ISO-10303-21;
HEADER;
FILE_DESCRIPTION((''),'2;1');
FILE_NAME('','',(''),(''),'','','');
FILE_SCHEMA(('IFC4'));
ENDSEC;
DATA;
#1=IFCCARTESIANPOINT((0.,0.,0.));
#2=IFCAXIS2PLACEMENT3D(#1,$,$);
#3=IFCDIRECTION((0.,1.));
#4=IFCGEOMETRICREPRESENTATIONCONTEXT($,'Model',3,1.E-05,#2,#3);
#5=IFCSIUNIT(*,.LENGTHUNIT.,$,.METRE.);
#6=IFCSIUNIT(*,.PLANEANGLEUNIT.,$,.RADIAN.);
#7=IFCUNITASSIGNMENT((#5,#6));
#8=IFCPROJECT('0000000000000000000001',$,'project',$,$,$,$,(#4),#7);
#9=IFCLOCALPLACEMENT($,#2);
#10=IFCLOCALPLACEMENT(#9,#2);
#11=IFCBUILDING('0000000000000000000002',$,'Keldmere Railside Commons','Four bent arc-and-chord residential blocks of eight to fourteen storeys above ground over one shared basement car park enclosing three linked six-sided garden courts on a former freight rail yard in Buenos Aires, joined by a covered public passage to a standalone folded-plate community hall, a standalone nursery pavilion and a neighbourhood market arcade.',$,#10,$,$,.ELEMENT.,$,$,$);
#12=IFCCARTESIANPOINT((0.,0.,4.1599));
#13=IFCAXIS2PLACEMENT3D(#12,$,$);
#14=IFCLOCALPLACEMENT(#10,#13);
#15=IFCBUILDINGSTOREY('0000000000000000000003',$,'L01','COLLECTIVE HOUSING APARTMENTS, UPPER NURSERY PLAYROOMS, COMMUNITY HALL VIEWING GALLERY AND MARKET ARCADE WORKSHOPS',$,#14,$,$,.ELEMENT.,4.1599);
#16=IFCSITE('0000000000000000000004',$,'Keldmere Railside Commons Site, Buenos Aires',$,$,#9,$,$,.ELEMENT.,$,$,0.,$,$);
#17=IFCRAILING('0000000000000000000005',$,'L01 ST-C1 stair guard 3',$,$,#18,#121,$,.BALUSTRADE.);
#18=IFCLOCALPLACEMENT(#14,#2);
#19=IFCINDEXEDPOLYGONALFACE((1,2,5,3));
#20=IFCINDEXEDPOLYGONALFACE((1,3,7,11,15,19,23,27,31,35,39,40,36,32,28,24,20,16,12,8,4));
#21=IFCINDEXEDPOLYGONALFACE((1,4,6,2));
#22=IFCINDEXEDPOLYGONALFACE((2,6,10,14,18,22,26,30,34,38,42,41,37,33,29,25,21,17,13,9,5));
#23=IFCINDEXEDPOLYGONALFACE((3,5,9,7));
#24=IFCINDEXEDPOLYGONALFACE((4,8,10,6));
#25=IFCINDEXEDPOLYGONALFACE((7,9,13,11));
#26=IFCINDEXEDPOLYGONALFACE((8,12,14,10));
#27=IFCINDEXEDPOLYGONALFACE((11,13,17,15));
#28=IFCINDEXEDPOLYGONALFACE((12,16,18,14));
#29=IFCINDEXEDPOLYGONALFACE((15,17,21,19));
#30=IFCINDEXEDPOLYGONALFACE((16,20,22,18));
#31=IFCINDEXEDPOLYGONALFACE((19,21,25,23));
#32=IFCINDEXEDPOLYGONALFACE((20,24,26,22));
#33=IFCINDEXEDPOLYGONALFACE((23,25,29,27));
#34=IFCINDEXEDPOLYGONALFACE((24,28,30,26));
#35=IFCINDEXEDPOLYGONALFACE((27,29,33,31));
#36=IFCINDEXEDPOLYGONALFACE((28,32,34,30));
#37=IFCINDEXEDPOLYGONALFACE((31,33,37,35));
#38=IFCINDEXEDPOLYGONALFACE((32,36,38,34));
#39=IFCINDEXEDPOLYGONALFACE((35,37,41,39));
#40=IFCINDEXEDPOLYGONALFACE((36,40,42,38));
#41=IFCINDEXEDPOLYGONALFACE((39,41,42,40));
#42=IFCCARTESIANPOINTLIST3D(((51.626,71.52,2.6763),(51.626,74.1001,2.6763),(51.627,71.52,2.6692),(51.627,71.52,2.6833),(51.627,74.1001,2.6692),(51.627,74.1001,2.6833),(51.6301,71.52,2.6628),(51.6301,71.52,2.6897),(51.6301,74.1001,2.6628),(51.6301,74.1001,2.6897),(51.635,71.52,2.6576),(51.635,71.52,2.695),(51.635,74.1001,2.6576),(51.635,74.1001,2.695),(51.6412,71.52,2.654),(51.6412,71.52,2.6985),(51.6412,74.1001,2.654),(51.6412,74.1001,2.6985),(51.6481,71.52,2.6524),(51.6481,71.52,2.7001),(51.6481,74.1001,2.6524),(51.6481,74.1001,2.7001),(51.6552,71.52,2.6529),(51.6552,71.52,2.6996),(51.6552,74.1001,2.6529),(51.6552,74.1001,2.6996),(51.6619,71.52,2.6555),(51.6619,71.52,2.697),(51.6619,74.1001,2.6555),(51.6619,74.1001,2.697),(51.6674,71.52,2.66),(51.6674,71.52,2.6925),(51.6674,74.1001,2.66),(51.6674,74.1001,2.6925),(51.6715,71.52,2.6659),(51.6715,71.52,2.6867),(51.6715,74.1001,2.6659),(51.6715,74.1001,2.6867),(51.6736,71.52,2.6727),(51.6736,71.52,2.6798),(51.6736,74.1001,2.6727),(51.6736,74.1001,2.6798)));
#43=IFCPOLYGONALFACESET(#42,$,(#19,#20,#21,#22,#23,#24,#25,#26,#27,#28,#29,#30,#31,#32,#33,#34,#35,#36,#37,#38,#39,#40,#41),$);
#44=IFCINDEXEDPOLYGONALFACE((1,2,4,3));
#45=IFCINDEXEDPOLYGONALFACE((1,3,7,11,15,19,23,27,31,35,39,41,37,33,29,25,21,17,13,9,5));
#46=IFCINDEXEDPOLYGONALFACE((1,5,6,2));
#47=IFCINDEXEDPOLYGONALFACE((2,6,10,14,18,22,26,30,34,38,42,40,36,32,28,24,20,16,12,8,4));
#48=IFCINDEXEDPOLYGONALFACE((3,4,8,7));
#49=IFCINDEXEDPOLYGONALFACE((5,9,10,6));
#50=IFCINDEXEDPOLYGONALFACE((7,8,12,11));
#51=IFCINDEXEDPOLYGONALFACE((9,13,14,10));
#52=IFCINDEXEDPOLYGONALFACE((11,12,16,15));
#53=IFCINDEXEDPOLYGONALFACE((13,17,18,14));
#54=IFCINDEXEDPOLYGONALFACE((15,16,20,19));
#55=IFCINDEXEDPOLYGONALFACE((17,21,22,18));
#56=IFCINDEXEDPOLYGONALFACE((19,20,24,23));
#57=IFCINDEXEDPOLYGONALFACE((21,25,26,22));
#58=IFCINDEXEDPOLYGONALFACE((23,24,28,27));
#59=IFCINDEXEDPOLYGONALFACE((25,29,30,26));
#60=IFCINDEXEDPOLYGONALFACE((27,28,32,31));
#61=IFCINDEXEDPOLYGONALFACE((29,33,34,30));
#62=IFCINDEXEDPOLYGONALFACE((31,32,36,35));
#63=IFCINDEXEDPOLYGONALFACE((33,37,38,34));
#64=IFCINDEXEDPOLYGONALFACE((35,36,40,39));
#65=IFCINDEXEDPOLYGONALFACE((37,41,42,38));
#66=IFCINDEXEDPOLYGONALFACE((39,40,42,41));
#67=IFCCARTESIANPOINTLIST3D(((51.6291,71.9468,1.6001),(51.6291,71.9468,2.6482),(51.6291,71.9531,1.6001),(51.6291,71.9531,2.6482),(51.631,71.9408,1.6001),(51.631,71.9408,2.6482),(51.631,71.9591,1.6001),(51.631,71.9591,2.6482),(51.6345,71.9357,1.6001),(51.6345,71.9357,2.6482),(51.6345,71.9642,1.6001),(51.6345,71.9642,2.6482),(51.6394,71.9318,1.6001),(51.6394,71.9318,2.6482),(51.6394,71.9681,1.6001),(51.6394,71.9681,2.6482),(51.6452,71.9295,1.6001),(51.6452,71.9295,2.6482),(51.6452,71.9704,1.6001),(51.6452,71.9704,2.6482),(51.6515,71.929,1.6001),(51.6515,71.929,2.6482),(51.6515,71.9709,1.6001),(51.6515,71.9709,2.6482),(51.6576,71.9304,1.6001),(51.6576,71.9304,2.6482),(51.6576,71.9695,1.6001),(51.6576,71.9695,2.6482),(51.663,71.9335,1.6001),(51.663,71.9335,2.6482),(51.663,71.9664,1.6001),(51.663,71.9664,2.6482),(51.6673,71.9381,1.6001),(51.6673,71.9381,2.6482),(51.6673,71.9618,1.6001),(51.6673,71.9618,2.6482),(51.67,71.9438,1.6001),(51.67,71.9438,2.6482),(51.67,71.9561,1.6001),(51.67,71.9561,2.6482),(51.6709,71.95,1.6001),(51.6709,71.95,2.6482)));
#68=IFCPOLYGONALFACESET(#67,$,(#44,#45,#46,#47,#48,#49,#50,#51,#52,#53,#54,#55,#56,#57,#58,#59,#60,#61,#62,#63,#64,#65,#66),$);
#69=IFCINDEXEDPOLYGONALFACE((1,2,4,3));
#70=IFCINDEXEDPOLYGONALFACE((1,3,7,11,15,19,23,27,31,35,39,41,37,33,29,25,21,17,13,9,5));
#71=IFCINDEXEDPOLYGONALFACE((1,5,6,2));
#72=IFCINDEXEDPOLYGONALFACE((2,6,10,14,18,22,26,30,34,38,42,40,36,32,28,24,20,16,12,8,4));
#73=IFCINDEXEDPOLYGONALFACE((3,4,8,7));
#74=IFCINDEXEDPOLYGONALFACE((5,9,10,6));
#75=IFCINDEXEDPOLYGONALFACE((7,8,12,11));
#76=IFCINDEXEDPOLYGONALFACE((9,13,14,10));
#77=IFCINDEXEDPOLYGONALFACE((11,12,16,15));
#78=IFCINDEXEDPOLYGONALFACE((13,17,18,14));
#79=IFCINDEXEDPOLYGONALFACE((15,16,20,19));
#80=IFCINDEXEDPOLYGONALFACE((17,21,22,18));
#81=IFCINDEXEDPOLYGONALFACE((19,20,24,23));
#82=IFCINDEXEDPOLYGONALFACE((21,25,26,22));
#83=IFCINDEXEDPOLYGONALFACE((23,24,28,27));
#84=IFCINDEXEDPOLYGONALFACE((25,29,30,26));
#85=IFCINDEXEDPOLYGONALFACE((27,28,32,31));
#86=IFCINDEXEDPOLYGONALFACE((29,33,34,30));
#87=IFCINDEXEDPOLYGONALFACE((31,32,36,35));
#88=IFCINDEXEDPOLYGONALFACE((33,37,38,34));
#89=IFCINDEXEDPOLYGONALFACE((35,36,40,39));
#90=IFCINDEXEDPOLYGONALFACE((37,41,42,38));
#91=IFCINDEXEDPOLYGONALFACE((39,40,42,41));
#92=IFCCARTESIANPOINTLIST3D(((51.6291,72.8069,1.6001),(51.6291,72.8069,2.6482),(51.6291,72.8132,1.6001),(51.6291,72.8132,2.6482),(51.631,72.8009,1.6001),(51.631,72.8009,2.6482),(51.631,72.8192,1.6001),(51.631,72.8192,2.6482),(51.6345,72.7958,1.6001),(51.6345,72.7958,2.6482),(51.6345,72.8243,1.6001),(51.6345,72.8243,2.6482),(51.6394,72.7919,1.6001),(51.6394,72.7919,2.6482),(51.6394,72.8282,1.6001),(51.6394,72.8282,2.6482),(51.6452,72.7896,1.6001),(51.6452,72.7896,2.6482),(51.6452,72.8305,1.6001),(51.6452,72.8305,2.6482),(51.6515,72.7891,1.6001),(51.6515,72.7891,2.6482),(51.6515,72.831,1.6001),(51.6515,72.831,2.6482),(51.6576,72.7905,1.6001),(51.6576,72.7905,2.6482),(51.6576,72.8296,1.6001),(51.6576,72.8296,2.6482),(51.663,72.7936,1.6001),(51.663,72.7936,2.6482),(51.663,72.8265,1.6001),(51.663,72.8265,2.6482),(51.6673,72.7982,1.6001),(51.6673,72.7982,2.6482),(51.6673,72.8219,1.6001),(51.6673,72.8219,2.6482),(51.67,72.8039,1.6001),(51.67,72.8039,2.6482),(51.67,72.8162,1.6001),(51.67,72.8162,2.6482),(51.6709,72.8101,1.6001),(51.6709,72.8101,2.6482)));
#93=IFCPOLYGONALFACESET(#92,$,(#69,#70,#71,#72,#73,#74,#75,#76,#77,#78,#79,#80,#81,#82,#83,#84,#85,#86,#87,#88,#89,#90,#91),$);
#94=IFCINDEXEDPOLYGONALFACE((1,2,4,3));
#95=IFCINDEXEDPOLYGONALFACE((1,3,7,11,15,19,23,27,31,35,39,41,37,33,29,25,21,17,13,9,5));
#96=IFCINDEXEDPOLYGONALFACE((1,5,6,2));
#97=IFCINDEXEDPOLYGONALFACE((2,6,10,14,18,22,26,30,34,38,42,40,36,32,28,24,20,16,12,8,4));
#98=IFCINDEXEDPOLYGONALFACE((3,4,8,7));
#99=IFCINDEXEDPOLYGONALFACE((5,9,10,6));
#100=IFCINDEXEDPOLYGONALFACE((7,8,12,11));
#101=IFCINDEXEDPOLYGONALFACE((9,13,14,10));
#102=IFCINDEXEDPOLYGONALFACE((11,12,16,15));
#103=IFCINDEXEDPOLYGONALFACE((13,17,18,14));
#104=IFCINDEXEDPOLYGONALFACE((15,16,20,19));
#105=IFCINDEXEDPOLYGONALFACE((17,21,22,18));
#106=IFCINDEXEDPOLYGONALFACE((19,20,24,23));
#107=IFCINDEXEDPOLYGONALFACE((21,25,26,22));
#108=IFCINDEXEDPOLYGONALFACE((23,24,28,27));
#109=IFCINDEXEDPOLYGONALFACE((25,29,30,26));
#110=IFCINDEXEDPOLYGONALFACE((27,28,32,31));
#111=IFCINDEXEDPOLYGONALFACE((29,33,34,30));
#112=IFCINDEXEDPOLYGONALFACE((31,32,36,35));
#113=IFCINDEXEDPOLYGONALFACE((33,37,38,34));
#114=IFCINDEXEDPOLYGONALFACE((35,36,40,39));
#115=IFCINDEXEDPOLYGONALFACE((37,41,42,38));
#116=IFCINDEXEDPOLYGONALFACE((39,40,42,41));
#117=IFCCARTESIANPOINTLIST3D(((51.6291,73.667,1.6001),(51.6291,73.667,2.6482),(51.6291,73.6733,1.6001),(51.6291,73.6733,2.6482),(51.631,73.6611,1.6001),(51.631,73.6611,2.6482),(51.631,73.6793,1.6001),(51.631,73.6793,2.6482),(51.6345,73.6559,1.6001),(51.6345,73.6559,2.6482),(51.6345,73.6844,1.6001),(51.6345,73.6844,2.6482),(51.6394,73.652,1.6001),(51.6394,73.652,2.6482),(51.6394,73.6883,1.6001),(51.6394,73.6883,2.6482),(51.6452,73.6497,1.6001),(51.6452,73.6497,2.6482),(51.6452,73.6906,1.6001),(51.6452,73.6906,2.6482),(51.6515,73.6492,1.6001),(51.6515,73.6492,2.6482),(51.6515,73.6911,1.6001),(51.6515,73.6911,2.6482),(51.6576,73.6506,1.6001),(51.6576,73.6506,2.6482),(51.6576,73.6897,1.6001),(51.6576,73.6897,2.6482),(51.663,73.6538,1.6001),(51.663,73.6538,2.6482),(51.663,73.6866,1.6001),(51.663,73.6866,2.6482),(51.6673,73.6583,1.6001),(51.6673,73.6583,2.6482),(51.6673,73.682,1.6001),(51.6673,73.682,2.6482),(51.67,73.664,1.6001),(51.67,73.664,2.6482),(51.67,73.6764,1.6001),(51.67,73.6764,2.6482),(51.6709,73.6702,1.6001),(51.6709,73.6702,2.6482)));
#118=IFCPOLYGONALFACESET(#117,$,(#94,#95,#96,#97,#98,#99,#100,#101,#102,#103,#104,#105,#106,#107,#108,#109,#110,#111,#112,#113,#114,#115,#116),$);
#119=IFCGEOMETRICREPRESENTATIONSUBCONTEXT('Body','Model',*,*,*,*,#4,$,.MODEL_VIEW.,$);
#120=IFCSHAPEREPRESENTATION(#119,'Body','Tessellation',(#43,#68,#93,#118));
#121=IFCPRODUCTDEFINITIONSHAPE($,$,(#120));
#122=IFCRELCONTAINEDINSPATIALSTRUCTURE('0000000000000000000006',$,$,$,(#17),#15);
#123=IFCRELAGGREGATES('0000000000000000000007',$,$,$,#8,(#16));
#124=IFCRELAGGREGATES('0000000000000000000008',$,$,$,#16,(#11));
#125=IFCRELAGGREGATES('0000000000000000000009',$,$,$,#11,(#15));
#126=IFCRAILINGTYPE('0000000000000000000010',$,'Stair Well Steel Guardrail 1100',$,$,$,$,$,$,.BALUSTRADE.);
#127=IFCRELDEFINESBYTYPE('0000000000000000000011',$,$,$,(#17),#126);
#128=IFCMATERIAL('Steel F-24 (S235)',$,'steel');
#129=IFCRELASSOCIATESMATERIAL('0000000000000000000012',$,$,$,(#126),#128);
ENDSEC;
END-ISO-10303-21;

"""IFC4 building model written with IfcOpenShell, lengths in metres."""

from ifc_helpers import new_model, si_unit, direction, frame, origin, origin_2d, place, context, subcontext, project, spatial, circle, extrude, material, type_object, element, save


model = new_model("IFC4")

# Units and contexts
model_context = context("Model", 3, precision=1e-05, world=origin(), true_north=direction((0.0, 1.0)))
body_context = subcontext(model_context, "Body", "Model", "MODEL_VIEW")
ifc_project = project(units=[si_unit("LENGTHUNIT", "METRE"), si_unit("PLANEANGLEUNIT", "RADIAN")], contexts=[model_context])

# Site, building, storey
site_placement = place(None, origin())
site = spatial("IfcSite", under=ifc_project, at=site_placement, Name="Keldmere Railside Commons Site, Buenos Aires", CompositionType="ELEMENT", RefElevation=0.0)
building_placement = place(site_placement, origin())
building = spatial("IfcBuilding", under=site, at=building_placement, Name="Keldmere Railside Commons", Description="Four bent arc-and-chord residential blocks of eight to fourteen storeys above ground over one shared basement car park enclosing three linked six-sided garden courts on a former freight rail yard in Buenos Aires, joined by a covered public passage to a standalone folded-plate community hall, a standalone nursery pavilion and a neighbourhood market arcade.", CompositionType="ELEMENT")
storey_placement = place(building_placement, frame((0.0, 0.0, 4.1599)))
storey = spatial("IfcBuildingStorey", under=building, at=storey_placement, Name="L01", Description="COLLECTIVE HOUSING APARTMENTS, UPPER NURSERY PLAYROOMS, COMMUNITY HALL VIEWING GALLERY AND MARKET ARCADE WORKSHOPS", CompositionType="ELEMENT", Elevation=4.1599)

# Shared definitions
ifc_material_1 = material(Name="Steel F-24 (S235)", Category="steel")

# Railing
railing_type_1 = type_object("IfcRailingType", Name="Stair Well Steel Guardrail 1100", PredefinedType="BALUSTRADE", material=ifc_material_1)
railing_1_placement = place(storey_placement, frame((51.6499, 71.52, 1.6001)))
element("IfcRailing", 1, at=railing_1_placement, inside=storey, type_object=railing_type_1, Name="L01 ST-C1 stair guard 3", PredefinedType="BALUSTRADE", context=body_context, shape_type="SweptSolid", body=[
    extrude(circle(Radius=0.0239, at=origin_2d()), frame((0.0, 0.0, 1.0762), z_axis=(0.0, 1.0, 0.0), x_axis=(-1.0, 0.0, 0.0)), (0.0, 0.0, 1.0), 2.5801),
    extrude(circle(Radius=0.021, at=origin_2d()), frame((0.0, 0.4299, 0.0)), (0.0, 0.0, 1.0), 1.0481),
    extrude(circle(Radius=0.021, at=origin_2d()), frame((0.0, 1.29, 0.0)), (0.0, 0.0, 1.0), 1.0481),
    extrude(circle(Radius=0.021, at=origin_2d()), frame((0.0, 2.1501, 0.0)), (0.0, 0.0, 1.0), 1.0481),
])

save(model, "model.ifc")
